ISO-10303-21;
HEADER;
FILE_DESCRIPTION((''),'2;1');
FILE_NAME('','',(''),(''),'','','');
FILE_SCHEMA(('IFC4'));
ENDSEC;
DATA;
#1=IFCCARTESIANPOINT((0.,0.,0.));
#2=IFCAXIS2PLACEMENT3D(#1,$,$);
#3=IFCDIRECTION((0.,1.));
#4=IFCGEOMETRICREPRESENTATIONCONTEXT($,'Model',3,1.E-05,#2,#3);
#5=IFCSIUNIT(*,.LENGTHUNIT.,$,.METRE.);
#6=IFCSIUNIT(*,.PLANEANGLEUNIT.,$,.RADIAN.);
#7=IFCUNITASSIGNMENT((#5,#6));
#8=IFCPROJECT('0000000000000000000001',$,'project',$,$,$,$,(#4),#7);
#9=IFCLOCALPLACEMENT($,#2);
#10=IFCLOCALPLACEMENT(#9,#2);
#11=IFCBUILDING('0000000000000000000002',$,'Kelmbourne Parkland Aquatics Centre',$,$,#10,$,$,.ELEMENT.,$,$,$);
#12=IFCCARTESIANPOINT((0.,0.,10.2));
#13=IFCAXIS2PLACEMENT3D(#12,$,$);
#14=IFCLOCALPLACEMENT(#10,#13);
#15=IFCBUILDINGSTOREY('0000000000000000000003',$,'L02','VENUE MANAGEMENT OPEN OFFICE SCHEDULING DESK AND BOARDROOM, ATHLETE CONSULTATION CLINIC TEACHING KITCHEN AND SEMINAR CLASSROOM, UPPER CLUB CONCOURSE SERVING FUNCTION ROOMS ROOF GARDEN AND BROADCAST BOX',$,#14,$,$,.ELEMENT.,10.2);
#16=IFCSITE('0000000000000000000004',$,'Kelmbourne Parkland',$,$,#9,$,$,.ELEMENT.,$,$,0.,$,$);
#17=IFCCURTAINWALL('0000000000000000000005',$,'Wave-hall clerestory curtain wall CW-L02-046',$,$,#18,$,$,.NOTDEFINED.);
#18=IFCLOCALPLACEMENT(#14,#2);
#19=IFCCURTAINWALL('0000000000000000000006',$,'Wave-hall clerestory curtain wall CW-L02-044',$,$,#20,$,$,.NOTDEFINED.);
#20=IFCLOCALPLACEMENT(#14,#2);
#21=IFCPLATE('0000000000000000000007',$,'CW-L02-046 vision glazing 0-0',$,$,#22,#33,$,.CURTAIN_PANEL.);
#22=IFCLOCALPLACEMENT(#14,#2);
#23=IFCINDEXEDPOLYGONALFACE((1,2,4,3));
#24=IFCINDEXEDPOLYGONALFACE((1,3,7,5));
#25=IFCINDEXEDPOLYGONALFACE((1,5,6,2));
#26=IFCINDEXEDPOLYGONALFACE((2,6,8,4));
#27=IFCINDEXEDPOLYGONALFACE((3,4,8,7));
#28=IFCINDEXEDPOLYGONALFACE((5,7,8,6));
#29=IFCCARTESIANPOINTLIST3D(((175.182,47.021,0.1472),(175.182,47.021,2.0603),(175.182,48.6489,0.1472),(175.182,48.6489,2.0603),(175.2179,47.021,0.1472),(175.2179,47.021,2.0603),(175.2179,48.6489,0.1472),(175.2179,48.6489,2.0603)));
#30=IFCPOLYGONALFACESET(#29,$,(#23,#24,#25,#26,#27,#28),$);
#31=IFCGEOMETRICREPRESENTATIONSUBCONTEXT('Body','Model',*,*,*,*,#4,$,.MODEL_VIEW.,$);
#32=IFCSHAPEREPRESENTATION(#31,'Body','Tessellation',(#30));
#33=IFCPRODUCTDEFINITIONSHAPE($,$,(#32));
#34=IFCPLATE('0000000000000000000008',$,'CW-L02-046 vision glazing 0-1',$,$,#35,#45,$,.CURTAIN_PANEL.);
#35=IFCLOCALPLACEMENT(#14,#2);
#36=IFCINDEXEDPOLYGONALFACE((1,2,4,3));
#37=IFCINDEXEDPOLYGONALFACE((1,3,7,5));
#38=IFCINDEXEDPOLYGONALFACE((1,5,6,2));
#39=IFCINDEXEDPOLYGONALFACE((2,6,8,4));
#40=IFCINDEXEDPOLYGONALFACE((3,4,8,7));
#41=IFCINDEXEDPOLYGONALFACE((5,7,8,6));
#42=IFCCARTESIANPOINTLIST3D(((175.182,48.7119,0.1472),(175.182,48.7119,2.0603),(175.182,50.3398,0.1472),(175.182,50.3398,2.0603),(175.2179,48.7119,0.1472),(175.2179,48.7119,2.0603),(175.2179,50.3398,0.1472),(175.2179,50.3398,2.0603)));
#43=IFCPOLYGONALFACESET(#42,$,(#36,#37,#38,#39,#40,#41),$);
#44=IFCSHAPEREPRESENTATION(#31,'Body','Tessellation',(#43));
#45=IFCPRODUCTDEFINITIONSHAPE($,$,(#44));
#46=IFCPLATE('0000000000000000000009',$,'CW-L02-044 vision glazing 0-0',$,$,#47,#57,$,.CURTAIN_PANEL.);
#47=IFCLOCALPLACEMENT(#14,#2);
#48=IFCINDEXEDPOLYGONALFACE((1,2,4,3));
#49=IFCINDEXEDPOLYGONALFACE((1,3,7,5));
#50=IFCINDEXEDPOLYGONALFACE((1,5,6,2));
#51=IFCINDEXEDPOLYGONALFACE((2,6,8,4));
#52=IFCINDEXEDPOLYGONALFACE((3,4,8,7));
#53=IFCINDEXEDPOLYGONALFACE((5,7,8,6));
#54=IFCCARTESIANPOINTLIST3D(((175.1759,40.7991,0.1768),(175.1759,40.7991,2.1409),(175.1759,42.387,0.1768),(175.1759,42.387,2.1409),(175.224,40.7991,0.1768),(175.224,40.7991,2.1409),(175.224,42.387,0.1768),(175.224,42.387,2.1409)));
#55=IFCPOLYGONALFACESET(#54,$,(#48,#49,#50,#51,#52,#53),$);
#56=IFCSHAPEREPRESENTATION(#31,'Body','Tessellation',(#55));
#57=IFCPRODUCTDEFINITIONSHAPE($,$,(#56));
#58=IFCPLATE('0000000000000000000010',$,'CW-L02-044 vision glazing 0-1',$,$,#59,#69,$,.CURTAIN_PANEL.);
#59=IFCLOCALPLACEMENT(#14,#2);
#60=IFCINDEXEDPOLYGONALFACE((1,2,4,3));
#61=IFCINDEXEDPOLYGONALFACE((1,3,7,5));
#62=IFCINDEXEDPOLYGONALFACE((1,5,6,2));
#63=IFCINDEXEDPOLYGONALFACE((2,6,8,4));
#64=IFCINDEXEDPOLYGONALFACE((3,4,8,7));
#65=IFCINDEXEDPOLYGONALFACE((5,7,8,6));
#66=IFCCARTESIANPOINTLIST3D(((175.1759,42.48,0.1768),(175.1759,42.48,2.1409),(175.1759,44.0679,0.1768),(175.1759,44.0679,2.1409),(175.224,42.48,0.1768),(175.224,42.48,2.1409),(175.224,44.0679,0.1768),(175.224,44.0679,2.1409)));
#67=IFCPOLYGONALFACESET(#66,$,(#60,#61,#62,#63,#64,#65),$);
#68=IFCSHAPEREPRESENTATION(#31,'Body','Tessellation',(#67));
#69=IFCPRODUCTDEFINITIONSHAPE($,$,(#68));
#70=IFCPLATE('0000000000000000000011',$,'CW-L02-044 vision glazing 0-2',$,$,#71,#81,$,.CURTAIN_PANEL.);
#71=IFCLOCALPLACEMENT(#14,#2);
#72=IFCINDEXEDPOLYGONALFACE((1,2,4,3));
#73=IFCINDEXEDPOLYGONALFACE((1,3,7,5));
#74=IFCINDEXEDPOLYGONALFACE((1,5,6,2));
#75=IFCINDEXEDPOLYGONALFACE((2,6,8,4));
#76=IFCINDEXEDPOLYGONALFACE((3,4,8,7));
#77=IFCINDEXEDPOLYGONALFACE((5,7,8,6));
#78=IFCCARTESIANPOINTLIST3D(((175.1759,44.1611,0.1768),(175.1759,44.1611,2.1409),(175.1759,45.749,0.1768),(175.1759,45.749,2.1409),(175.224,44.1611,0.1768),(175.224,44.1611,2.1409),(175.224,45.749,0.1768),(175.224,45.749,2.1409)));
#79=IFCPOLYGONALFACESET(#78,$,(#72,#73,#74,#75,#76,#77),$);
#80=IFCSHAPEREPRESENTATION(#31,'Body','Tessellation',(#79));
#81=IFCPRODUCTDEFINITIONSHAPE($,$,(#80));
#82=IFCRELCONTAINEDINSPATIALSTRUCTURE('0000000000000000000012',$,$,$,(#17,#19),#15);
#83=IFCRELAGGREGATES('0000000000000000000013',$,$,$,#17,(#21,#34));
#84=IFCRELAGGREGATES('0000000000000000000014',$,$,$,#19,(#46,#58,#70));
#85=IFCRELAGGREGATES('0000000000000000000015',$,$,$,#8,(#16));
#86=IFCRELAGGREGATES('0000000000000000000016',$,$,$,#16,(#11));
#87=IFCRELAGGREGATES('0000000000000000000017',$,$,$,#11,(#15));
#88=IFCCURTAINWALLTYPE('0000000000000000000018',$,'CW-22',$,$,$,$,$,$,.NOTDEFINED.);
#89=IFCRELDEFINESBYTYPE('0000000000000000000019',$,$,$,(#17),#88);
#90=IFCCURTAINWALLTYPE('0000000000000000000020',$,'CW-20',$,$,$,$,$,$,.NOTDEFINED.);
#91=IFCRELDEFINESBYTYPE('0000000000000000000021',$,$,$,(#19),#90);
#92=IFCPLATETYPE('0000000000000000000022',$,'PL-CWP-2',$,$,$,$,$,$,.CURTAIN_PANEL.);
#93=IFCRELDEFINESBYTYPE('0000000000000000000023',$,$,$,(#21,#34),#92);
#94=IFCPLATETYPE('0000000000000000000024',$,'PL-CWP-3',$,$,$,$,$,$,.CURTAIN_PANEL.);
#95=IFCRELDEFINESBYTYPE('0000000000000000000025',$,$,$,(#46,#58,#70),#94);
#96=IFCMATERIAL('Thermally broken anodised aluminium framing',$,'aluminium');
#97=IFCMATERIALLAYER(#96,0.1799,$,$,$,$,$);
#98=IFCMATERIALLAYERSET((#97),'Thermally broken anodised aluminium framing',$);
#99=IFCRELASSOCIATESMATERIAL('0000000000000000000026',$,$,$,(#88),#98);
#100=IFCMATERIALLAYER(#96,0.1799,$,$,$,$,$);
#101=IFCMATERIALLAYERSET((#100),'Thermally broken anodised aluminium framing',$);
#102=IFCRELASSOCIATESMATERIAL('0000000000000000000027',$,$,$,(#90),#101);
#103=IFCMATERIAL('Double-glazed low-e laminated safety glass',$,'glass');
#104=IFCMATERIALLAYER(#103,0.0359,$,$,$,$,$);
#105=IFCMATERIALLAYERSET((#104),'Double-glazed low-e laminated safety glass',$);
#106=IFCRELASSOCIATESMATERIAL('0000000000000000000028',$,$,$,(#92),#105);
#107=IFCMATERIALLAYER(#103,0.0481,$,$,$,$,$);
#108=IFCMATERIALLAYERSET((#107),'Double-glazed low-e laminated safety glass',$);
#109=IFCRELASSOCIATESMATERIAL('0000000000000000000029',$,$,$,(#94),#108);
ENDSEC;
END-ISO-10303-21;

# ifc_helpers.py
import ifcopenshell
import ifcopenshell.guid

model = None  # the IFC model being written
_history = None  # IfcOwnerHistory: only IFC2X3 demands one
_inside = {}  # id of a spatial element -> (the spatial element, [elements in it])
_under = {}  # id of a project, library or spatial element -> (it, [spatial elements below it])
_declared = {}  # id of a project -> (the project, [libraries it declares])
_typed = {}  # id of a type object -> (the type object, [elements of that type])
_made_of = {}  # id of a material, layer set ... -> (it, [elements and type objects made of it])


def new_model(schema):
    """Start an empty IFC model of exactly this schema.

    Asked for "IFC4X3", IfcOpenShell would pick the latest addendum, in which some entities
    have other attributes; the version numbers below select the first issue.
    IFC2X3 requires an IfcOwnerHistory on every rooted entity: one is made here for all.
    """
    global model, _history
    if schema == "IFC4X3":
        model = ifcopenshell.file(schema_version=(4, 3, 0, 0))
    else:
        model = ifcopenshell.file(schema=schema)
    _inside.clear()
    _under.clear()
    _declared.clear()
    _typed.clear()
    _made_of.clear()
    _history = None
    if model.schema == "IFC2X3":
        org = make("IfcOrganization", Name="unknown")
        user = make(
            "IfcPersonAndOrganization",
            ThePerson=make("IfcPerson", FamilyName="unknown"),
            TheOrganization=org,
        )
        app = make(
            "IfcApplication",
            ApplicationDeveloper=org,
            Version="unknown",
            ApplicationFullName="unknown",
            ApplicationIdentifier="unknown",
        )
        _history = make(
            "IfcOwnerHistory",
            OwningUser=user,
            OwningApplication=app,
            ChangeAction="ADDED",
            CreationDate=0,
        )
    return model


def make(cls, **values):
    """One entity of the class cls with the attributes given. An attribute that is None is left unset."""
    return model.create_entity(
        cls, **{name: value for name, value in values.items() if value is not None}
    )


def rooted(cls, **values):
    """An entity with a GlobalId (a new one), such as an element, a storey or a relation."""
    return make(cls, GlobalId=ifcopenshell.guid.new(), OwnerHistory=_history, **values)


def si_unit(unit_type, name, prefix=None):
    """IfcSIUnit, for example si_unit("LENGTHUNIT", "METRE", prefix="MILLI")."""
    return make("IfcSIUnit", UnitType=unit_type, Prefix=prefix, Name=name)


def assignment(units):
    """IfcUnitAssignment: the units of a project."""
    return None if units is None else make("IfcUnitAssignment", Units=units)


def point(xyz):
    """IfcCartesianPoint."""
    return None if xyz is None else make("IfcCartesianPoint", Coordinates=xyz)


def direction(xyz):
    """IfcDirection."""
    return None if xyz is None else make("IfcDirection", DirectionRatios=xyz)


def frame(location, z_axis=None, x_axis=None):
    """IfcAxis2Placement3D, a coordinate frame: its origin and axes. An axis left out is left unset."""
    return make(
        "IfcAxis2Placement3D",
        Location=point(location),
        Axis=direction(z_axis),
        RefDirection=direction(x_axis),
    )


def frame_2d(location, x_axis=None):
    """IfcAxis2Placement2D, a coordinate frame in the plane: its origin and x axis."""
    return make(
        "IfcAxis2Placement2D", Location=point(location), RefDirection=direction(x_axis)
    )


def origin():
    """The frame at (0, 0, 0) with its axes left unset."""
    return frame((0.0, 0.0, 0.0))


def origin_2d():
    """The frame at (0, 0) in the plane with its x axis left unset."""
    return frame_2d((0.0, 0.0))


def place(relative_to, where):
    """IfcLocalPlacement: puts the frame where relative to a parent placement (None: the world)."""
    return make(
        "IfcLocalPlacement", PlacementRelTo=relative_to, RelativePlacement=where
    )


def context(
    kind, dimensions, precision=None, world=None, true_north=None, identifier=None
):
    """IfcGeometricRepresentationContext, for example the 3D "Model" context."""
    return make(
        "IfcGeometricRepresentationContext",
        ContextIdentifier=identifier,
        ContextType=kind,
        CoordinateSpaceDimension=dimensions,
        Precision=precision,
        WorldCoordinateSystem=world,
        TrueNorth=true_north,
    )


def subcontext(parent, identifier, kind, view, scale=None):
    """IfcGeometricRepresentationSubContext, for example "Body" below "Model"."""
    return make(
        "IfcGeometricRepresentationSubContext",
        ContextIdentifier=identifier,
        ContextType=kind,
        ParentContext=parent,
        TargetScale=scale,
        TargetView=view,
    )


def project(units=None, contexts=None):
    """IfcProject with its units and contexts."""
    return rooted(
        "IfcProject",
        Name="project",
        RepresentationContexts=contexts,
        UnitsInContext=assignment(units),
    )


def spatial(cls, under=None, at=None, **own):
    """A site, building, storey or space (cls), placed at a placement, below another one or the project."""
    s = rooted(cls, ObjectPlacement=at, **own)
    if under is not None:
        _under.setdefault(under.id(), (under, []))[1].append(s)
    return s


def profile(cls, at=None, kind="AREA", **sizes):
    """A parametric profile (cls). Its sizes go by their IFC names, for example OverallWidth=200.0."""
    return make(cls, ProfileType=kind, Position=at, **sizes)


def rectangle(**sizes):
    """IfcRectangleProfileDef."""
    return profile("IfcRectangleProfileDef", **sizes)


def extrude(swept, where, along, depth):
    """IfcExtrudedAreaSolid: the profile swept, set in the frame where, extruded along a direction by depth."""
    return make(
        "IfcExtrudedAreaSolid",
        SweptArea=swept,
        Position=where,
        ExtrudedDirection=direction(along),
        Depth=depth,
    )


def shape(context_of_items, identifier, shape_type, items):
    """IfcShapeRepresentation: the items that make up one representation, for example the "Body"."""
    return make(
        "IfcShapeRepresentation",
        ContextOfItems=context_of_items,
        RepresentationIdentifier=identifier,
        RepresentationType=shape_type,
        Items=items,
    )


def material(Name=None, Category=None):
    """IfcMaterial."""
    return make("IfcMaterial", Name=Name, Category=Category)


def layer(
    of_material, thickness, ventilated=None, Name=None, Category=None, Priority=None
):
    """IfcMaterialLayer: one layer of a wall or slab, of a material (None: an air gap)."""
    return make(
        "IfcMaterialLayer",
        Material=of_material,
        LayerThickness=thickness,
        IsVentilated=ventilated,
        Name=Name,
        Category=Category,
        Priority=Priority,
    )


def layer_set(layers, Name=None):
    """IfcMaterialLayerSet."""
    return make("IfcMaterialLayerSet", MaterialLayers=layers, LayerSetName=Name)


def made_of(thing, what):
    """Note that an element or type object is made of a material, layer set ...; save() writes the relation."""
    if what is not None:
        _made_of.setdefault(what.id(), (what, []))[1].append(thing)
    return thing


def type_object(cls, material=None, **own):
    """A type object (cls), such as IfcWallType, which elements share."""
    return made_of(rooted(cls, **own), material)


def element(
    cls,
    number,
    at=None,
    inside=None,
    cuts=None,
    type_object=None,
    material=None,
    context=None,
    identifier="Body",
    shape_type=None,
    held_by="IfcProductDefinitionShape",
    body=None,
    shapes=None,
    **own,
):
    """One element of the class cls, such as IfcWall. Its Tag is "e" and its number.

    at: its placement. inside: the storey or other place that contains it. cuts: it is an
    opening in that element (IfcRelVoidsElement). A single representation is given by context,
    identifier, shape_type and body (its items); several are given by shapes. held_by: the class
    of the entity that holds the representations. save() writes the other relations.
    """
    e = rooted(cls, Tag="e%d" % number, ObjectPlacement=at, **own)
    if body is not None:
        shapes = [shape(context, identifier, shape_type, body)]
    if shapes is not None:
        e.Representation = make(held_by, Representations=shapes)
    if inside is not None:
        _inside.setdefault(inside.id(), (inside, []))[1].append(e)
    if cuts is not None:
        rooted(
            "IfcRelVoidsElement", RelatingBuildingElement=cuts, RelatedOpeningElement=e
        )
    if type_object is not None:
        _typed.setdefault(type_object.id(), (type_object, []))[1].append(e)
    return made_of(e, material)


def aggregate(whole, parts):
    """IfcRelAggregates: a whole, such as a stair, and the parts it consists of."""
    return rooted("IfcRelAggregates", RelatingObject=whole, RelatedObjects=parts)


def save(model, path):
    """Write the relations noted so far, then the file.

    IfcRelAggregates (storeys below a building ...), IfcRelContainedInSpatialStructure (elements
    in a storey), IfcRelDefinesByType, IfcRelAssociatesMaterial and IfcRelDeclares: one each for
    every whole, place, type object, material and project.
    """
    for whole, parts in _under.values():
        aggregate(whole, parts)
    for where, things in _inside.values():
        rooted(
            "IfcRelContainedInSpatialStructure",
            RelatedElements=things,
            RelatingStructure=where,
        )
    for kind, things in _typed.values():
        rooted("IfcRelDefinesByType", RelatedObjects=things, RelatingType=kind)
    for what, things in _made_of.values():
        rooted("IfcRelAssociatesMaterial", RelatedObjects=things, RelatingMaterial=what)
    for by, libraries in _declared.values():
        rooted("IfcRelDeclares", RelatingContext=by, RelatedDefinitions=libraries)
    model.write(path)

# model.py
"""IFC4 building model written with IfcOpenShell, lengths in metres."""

from ifc_helpers import new_model, si_unit, direction, frame, origin, origin_2d, place, context, subcontext, project, spatial, rectangle, extrude, material, layer, layer_set, type_object, element, aggregate, save


model = new_model("IFC4")

# Units and contexts
model_context = context("Model", 3, precision=1e-05, world=origin(), true_north=direction((0.0, 1.0)))
body_context = subcontext(model_context, "Body", "Model", "MODEL_VIEW")
ifc_project = project(units=[si_unit("LENGTHUNIT", "METRE"), si_unit("PLANEANGLEUNIT", "RADIAN")], contexts=[model_context])

# Site, building, storey
site_placement = place(None, origin())
site = spatial("IfcSite", under=ifc_project, at=site_placement, Name="Kelmbourne Parkland", CompositionType="ELEMENT", RefElevation=0.0)
building_placement = place(site_placement, origin())
building = spatial("IfcBuilding", under=site, at=building_placement, Name="Kelmbourne Parkland Aquatics Centre", CompositionType="ELEMENT")
storey_placement = place(building_placement, frame((0.0, 0.0, 10.2)))
storey = spatial("IfcBuildingStorey", under=building, at=storey_placement, Name="L02", Description="VENUE MANAGEMENT OPEN OFFICE SCHEDULING DESK AND BOARDROOM, ATHLETE CONSULTATION CLINIC TEACHING KITCHEN AND SEMINAR CLASSROOM, UPPER CLUB CONCOURSE SERVING FUNCTION ROOMS ROOF GARDEN AND BROADCAST BOX", CompositionType="ELEMENT", Elevation=10.2)

# Curtain walls
ifc_material_1 = material(Name="Thermally broken anodised aluminium framing", Category="aluminium")
ifc_layer_1 = layer(ifc_material_1, 0.1799)
ifc_layer_set_1 = layer_set([ifc_layer_1], Name="Thermally broken anodised aluminium framing")
curtain_wall_type_1 = type_object("IfcCurtainWallType", Name="CW-22", PredefinedType="NOTDEFINED", material=ifc_layer_set_1)
curtain_wall_1_placement = place(storey_placement, origin())
curtain_wall_1 = element("IfcCurtainWall", 1, at=curtain_wall_1_placement, inside=storey, type_object=curtain_wall_type_1, Name="Wave-hall clerestory curtain wall CW-L02-046", PredefinedType="NOTDEFINED")
ifc_layer_2 = layer(ifc_material_1, 0.1799)
ifc_layer_set_2 = layer_set([ifc_layer_2], Name="Thermally broken anodised aluminium framing")
curtain_wall_type_2 = type_object("IfcCurtainWallType", Name="CW-20", PredefinedType="NOTDEFINED", material=ifc_layer_set_2)
curtain_wall_2_placement = place(storey_placement, origin())
curtain_wall_2 = element("IfcCurtainWall", 2, at=curtain_wall_2_placement, inside=storey, type_object=curtain_wall_type_2, Name="Wave-hall clerestory curtain wall CW-L02-044", PredefinedType="NOTDEFINED")

# Plates
ifc_material_2 = material(Name="Double-glazed low-e laminated safety glass", Category="glass")
ifc_layer_3 = layer(ifc_material_2, 0.0359)
ifc_layer_set_3 = layer_set([ifc_layer_3], Name="Double-glazed low-e laminated safety glass")
plate_type_1 = type_object("IfcPlateType", Name="PL-CWP-2", PredefinedType="CURTAIN_PANEL", material=ifc_layer_set_3)
plate_1_placement = place(storey_placement, frame((175.2, 47.835, 0.1472), z_axis=(0.0, 0.0, 1.0), x_axis=(0.0, 1.0, 0.0)))
plate_1 = element("IfcPlate", 3, at=plate_1_placement, type_object=plate_type_1, Name="CW-L02-046 vision glazing 0-0", PredefinedType="CURTAIN_PANEL", context=body_context, shape_type="SweptSolid", body=[
    extrude(rectangle(XDim=1.6279, YDim=0.0359, at=origin_2d()), origin(), (0.0, 0.0, 1.0), 1.9131),
])
plate_2_placement = place(storey_placement, frame((175.2, 49.5259, 0.1472), z_axis=(0.0, 0.0, 1.0), x_axis=(0.0, 1.0, 0.0)))
plate_2 = element("IfcPlate", 4, at=plate_2_placement, type_object=plate_type_1, Name="CW-L02-046 vision glazing 0-1", PredefinedType="CURTAIN_PANEL", context=body_context, shape_type="SweptSolid", body=[
    extrude(rectangle(XDim=1.6279, YDim=0.0359, at=origin_2d()), origin(), (0.0, 0.0, 1.0), 1.9131),
])
aggregate(curtain_wall_1, [plate_1, plate_2])
ifc_layer_4 = layer(ifc_material_2, 0.0481)
ifc_layer_set_4 = layer_set([ifc_layer_4], Name="Double-glazed low-e laminated safety glass")
plate_type_2 = type_object("IfcPlateType", Name="PL-CWP-3", PredefinedType="CURTAIN_PANEL", material=ifc_layer_set_4)
plate_3_placement = place(storey_placement, frame((175.2, 41.593, 0.1768), z_axis=(0.0, 0.0, 1.0), x_axis=(0.0, 1.0, 0.0)))
plate_3 = element("IfcPlate", 5, at=plate_3_placement, type_object=plate_type_2, Name="CW-L02-044 vision glazing 0-0", PredefinedType="CURTAIN_PANEL", context=body_context, shape_type="SweptSolid", body=[
    extrude(rectangle(XDim=1.5879, YDim=0.0481, at=origin_2d()), origin(), (0.0, 0.0, 1.0), 1.9641),
])
plate_4_placement = place(storey_placement, frame((175.2, 43.2739, 0.1768), z_axis=(0.0, 0.0, 1.0), x_axis=(0.0, 1.0, 0.0)))
plate_4 = element("IfcPlate", 6, at=plate_4_placement, type_object=plate_type_2, Name="CW-L02-044 vision glazing 0-1", PredefinedType="CURTAIN_PANEL", context=body_context, shape_type="SweptSolid", body=[
    extrude(rectangle(XDim=1.5879, YDim=0.0481, at=origin_2d()), origin(), (0.0, 0.0, 1.0), 1.9641),
])
plate_5_placement = place(storey_placement, frame((175.2, 44.9551, 0.1768), z_axis=(0.0, 0.0, 1.0), x_axis=(0.0, 1.0, 0.0)))
plate_5 = element("IfcPlate", 7, at=plate_5_placement, type_object=plate_type_2, Name="CW-L02-044 vision glazing 0-2", PredefinedType="CURTAIN_PANEL", context=body_context, shape_type="SweptSolid", body=[
    extrude(rectangle(XDim=1.5879, YDim=0.0481, at=origin_2d()), origin(), (0.0, 0.0, 1.0), 1.9641),
])
aggregate(curtain_wall_2, [plate_3, plate_4, plate_5])

save(model, "model.ifc")
